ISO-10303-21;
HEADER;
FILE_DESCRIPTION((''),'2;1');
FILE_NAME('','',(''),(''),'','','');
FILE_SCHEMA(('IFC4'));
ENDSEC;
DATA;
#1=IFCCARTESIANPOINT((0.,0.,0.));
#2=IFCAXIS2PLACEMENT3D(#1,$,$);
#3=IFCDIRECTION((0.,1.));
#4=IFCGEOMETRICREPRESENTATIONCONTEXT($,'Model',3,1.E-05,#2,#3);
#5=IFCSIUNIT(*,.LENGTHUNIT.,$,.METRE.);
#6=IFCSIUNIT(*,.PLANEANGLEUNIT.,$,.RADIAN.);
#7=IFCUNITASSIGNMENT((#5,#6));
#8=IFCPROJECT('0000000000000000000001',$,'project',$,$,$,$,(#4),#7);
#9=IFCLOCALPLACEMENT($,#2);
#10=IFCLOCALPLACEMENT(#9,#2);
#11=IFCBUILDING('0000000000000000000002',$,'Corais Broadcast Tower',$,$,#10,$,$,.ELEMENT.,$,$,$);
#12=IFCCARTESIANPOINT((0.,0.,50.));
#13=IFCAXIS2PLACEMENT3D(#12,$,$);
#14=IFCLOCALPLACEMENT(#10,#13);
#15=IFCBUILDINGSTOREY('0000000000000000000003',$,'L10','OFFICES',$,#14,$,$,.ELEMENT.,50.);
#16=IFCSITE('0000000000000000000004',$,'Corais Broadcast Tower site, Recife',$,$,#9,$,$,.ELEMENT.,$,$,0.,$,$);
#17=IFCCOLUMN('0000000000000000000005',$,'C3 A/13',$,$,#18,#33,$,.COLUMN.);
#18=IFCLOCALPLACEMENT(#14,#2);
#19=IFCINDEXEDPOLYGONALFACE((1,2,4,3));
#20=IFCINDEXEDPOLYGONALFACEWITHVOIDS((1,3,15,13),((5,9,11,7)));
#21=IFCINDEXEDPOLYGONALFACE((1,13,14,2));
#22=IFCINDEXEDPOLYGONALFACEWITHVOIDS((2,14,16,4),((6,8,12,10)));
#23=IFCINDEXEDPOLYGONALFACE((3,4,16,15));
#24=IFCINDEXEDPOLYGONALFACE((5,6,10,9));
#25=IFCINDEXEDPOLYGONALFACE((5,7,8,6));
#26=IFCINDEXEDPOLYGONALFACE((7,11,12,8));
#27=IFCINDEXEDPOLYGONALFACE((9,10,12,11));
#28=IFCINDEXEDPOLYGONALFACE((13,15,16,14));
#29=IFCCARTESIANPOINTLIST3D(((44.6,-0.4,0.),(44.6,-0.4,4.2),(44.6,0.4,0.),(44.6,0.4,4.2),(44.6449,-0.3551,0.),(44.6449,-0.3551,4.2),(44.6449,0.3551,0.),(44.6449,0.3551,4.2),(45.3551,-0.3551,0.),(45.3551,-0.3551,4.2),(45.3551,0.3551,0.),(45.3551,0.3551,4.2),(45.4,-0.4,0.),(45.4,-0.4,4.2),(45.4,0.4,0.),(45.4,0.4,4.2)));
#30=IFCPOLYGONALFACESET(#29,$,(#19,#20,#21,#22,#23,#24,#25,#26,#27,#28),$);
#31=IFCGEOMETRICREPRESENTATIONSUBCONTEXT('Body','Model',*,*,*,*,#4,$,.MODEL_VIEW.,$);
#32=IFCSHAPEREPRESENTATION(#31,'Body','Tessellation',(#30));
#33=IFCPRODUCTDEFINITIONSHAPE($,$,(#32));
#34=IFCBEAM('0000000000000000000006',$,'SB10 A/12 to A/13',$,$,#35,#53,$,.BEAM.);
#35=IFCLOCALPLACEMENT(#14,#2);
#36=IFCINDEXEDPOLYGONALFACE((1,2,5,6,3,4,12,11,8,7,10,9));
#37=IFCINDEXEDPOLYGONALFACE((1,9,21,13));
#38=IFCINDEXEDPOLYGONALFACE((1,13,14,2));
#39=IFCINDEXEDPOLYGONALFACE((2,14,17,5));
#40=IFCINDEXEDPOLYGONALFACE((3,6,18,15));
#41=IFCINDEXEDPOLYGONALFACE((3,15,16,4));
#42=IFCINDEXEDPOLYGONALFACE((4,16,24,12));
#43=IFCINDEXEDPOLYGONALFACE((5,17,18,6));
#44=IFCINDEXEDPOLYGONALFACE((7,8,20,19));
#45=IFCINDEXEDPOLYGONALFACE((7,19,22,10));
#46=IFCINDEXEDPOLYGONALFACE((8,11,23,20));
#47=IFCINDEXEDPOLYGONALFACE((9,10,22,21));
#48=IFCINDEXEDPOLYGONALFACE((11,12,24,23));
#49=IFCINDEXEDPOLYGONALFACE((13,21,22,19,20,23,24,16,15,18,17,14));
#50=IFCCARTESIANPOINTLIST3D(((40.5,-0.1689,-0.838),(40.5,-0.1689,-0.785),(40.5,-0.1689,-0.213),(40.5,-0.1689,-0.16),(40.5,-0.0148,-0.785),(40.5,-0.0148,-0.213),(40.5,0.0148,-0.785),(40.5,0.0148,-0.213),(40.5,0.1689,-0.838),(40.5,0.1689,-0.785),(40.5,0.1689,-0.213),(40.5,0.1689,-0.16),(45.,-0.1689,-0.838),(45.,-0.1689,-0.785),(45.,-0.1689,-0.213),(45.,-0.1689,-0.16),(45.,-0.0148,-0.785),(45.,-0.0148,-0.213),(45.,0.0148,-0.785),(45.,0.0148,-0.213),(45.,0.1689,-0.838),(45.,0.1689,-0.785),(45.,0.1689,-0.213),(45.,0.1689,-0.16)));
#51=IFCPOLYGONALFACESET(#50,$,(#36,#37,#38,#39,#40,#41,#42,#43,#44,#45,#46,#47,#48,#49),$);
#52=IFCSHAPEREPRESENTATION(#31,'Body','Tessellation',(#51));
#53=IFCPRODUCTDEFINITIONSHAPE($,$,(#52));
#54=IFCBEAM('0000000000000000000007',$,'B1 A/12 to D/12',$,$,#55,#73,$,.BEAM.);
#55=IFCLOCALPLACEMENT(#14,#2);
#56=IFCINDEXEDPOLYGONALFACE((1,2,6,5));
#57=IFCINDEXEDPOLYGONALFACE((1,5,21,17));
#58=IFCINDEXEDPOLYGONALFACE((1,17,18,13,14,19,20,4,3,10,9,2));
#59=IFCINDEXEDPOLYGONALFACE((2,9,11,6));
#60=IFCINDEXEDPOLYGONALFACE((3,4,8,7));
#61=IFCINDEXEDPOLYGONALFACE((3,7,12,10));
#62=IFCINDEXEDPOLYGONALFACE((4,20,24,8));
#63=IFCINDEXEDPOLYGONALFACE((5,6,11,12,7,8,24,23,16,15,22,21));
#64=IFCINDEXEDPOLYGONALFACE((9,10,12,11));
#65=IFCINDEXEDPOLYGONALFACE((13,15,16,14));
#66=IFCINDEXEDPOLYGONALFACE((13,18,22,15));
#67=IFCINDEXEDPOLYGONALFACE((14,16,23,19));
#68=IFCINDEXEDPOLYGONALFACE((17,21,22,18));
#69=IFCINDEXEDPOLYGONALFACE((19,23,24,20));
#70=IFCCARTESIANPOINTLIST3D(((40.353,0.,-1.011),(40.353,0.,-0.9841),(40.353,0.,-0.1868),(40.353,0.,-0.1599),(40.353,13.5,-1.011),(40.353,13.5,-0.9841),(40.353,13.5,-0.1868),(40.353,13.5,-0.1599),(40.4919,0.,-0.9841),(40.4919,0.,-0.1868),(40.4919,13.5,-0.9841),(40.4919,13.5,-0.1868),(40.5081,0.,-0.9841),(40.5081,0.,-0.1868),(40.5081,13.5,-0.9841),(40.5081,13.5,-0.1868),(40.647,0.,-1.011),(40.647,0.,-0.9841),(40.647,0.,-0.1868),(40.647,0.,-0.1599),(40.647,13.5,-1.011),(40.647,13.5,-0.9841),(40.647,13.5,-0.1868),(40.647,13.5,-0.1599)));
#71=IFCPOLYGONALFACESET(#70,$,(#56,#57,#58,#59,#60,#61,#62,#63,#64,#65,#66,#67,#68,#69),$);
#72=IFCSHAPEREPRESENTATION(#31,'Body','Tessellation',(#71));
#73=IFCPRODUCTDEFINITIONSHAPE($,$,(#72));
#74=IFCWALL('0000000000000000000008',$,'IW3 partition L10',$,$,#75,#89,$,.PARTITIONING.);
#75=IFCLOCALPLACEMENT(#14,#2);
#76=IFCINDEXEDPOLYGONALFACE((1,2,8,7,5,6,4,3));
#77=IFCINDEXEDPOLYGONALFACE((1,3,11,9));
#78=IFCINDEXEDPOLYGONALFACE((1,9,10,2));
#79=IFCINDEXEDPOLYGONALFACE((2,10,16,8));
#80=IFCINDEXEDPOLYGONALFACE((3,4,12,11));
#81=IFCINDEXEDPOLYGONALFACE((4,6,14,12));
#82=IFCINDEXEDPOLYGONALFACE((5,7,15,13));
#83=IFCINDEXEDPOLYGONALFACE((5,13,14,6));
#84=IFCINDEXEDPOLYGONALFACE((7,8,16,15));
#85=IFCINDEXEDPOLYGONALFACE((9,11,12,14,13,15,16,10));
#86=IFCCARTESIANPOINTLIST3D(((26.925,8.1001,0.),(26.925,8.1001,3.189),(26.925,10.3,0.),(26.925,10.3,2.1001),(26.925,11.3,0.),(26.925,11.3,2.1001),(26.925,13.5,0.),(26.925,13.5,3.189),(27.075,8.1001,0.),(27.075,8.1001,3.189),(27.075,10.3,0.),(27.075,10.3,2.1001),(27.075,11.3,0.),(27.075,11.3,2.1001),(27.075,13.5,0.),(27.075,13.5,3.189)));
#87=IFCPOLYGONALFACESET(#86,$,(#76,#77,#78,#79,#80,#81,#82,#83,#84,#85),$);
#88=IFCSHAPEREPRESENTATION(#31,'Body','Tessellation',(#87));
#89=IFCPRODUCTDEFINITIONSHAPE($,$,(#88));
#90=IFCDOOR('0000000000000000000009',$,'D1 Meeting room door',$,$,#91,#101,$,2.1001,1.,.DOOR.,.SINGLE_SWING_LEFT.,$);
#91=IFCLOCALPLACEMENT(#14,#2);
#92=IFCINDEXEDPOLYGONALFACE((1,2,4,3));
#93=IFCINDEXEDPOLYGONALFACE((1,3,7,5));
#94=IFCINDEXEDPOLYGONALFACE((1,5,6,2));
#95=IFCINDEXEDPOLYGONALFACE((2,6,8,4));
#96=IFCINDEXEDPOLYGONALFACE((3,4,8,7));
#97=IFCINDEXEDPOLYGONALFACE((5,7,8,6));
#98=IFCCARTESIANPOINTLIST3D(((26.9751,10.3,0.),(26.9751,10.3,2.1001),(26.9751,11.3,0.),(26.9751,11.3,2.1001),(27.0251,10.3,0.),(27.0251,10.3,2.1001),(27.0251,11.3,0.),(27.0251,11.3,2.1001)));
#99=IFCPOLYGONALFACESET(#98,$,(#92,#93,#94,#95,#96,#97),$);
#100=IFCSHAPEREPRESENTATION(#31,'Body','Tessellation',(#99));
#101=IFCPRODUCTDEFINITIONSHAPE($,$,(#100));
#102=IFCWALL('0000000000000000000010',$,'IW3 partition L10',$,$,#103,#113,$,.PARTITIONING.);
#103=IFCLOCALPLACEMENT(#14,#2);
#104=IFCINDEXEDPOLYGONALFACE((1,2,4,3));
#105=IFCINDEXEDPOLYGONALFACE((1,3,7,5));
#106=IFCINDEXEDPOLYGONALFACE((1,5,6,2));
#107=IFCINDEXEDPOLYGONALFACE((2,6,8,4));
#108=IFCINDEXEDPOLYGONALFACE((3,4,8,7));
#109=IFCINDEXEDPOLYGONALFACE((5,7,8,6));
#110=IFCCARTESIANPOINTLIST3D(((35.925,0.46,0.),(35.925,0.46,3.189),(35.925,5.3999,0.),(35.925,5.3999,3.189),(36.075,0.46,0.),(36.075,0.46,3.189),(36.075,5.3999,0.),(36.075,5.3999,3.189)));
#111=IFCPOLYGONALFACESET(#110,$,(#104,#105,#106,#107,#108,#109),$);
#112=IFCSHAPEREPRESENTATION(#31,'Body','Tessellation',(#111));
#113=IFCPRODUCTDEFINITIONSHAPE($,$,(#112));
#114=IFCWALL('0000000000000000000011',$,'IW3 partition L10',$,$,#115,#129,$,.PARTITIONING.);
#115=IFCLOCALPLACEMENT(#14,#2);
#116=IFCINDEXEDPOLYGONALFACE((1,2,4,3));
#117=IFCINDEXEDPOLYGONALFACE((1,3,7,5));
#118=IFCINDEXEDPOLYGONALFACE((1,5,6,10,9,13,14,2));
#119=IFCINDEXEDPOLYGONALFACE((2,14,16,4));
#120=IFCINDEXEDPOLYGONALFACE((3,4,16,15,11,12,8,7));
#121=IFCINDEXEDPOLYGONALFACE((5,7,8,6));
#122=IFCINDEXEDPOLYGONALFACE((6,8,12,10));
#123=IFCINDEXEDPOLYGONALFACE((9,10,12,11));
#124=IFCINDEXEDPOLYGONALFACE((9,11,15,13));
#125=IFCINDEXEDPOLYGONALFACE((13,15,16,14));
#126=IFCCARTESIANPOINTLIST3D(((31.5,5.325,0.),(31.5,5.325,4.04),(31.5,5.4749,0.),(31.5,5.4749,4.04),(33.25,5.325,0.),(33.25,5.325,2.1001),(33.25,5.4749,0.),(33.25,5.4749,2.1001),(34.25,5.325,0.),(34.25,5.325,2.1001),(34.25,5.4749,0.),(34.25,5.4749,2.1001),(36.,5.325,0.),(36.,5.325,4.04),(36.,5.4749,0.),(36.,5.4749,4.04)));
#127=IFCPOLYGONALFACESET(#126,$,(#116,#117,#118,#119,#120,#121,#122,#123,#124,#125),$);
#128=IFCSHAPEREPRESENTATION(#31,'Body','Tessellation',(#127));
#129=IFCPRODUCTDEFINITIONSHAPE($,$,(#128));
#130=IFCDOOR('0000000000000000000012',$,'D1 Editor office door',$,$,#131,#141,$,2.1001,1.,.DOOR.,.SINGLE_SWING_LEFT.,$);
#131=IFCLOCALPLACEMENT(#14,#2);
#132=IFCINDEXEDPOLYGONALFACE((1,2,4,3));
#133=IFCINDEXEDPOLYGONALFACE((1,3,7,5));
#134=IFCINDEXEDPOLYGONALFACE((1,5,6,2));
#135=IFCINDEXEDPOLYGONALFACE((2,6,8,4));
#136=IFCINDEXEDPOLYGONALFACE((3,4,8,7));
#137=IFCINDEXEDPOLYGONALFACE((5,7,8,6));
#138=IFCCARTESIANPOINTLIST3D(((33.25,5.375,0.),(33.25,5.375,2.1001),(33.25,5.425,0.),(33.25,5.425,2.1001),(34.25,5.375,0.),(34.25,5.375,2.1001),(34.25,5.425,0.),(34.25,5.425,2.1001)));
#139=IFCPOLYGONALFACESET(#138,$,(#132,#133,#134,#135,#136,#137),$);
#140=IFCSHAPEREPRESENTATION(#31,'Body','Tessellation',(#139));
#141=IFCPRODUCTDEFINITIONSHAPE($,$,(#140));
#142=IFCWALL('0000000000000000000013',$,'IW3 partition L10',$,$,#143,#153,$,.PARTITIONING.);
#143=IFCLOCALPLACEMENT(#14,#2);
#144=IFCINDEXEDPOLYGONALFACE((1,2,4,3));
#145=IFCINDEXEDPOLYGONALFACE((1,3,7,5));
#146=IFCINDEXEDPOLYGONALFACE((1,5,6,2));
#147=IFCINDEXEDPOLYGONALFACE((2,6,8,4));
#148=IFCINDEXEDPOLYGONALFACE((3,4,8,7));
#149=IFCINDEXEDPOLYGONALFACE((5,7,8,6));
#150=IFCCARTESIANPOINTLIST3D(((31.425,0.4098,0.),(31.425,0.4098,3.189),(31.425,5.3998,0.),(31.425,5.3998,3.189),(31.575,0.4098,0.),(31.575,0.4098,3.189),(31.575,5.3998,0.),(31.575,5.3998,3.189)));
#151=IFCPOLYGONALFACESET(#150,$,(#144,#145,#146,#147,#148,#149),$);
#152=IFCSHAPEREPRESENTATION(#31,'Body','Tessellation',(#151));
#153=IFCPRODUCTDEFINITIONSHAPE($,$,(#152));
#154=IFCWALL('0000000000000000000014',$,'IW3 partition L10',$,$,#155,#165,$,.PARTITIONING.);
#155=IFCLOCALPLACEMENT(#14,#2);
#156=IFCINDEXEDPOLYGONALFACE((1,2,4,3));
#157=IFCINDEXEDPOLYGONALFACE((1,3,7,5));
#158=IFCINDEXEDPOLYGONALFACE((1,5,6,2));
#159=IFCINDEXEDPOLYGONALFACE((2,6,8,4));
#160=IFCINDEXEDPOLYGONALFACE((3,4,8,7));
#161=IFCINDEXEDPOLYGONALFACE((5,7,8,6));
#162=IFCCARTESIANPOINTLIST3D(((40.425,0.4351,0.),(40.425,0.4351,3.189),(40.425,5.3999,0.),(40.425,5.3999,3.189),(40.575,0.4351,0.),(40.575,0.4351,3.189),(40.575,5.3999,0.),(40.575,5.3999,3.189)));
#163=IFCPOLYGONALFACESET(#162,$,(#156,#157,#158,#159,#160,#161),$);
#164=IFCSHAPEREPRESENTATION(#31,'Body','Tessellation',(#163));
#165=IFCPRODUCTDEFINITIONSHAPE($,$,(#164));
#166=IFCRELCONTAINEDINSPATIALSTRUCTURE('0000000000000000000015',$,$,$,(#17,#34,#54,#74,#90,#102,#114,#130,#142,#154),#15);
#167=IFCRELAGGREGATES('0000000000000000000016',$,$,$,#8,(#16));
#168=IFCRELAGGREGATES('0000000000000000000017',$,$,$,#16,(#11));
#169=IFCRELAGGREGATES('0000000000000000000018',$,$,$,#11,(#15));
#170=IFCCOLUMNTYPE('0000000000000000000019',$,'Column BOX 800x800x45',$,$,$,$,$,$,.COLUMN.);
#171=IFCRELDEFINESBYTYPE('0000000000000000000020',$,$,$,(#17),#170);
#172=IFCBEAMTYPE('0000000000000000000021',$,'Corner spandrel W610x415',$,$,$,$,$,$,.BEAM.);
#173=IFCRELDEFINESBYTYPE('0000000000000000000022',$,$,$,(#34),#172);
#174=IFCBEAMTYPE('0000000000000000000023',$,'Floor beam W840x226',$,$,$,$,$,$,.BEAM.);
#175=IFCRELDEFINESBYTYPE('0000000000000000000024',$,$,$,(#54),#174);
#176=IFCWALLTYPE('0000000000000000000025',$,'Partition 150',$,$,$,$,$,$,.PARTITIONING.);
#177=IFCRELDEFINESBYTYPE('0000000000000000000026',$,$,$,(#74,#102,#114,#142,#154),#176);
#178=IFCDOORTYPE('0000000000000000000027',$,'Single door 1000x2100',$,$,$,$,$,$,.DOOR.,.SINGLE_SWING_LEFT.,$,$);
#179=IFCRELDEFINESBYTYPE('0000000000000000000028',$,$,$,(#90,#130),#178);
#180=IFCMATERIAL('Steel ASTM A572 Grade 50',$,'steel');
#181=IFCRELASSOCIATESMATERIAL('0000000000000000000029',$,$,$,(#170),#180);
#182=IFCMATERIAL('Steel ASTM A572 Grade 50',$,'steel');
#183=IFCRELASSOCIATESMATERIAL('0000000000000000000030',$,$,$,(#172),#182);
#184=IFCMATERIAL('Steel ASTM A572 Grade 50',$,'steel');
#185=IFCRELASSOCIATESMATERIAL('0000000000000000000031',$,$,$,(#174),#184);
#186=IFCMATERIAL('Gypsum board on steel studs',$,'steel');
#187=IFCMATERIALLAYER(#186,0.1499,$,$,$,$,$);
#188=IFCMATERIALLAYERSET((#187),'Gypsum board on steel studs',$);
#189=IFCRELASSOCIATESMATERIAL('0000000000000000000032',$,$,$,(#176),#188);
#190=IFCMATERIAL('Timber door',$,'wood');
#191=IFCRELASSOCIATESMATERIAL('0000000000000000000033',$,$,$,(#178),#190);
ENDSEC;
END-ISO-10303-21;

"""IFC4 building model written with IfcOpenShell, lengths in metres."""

from ifc_helpers import new_model, si_unit, direction, frame, frame_2d, origin, origin_2d, place, context, subcontext, project, spatial, rectangle, hollow_rectangle, i_section, extrude, material, layer, layer_set, material_profile, profile_set, type_object, element, fill, save


model = new_model("IFC4")

# Units and contexts
model_context = context("Model", 3, precision=1e-05, world=origin(), true_north=direction((0.0, 1.0)))
body_context = subcontext(model_context, "Body", "Model", "MODEL_VIEW")
ifc_project = project(units=[si_unit("LENGTHUNIT", "METRE"), si_unit("PLANEANGLEUNIT", "RADIAN")], contexts=[model_context])

# Site, building, storey
site_placement = place(None, origin())
site = spatial("IfcSite", under=ifc_project, at=site_placement, Name="Corais Broadcast Tower site, Recife", CompositionType="ELEMENT", RefElevation=0.0)
building_placement = place(site_placement, origin())
building = spatial("IfcBuilding", under=site, at=building_placement, Name="Corais Broadcast Tower", CompositionType="ELEMENT")
storey_placement = place(building_placement, frame((0.0, 0.0, 50.0)))
storey = spatial("IfcBuildingStorey", under=building, at=storey_placement, Name="L10", Description="OFFICES", CompositionType="ELEMENT", Elevation=50.0)

# Column
ifc_material_1 = material(Name="Steel ASTM A572 Grade 50", Category="steel")
ifc_material_profile_1 = material_profile(ifc_material_1, hollow_rectangle(XDim=0.8, YDim=0.8, WallThickness=0.0449, at=origin_2d()), Name="BOX 800x800x45")
ifc_profile_set_1 = profile_set([ifc_material_profile_1], Name="Steel ASTM A572 Grade 50")
column_type = type_object("IfcColumnType", Name="Column BOX 800x800x45", PredefinedType="COLUMN", material=ifc_profile_set_1)
column_placement = place(storey_placement, frame((45.0, 0.0, 0.0), z_axis=(0.0, 0.0, 1.0), x_axis=(1.0, 0.0, 0.0)))
element("IfcColumn", 1, at=column_placement, inside=storey, type_object=column_type, Name="C3 A/13", PredefinedType="COLUMN", context=body_context, shape_type="SweptSolid", body=[
    extrude(hollow_rectangle(XDim=0.8, YDim=0.8, WallThickness=0.0449, at=origin_2d()), origin(), (0.0, 0.0, 1.0), 4.2),
])

# Beams
ifc_material_2 = material(Name="Steel ASTM A572 Grade 50", Category="steel")
ifc_material_profile_2 = material_profile(ifc_material_2, i_section(OverallWidth=0.3379, OverallDepth=0.678, WebThickness=0.0295, FlangeThickness=0.053, at=origin_2d()), Name="W610x415")
ifc_profile_set_2 = profile_set([ifc_material_profile_2], Name="Steel ASTM A572 Grade 50")
beam_type_1 = type_object("IfcBeamType", Name="Corner spandrel W610x415", PredefinedType="BEAM", material=ifc_profile_set_2)
beam_1_placement = place(storey_placement, frame((40.5, 0.0, -0.499), z_axis=(1.0, 0.0, 0.0), x_axis=(0.0, 1.0, 0.0)))
element("IfcBeam", 2, at=beam_1_placement, inside=storey, type_object=beam_type_1, Name="SB10 A/12 to A/13", PredefinedType="BEAM", context=body_context, shape_type="SweptSolid", body=[
    extrude(i_section(OverallWidth=0.3379, OverallDepth=0.678, WebThickness=0.0295, FlangeThickness=0.053, at=origin_2d()), origin(), (0.0, 0.0, 1.0), 4.5),
])
ifc_material_3 = material(Name="Steel ASTM A572 Grade 50", Category="steel")
ifc_material_profile_3 = material_profile(ifc_material_3, i_section(OverallWidth=0.2939, OverallDepth=0.8511, WebThickness=0.0161, FlangeThickness=0.0269, at=origin_2d()), Name="W840x226")
ifc_profile_set_3 = profile_set([ifc_material_profile_3], Name="Steel ASTM A572 Grade 50")
beam_type_2 = type_object("IfcBeamType", Name="Floor beam W840x226", PredefinedType="BEAM", material=ifc_profile_set_3)
beam_2_placement = place(storey_placement, frame((40.5, 0.0, -0.5854), z_axis=(0.0, 1.0, 0.0), x_axis=(-1.0, 0.0, 0.0)))
element("IfcBeam", 3, at=beam_2_placement, inside=storey, type_object=beam_type_2, Name="B1 A/12 to D/12", PredefinedType="BEAM", context=body_context, shape_type="SweptSolid", body=[
    extrude(i_section(OverallWidth=0.2939, OverallDepth=0.8511, WebThickness=0.0161, FlangeThickness=0.0269, at=origin_2d()), origin(), (0.0, 0.0, 1.0), 13.5),
])

# Wall, opening, door
ifc_material_4 = material(Name="Gypsum board on steel studs", Category="steel")
ifc_layer_1 = layer(ifc_material_4, 0.1499)
ifc_layer_set_1 = layer_set([ifc_layer_1], Name="Gypsum board on steel studs")
wall_type_1 = type_object("IfcWallType", Name="Partition 150", PredefinedType="PARTITIONING", material=ifc_layer_set_1)
wall_1_placement = place(storey_placement, frame((27.0, 8.1001, 0.0), z_axis=(0.0, 0.0, 1.0), x_axis=(0.0, 1.0, 0.0)))
wall_1 = element("IfcWall", 4, at=wall_1_placement, inside=storey, type_object=wall_type_1, Name="IW3 partition L10", PredefinedType="PARTITIONING", context=body_context, shape_type="SweptSolid", body=[
    extrude(rectangle(XDim=5.3999, YDim=0.1499, at=frame_2d((2.7, 0.0))), origin(), (0.0, 0.0, 1.0), 3.189),
])
opening_1_placement = place(wall_1_placement, frame((2.2, 0.0, 0.0)))
opening_1 = element("IfcOpeningElement", 5, at=opening_1_placement, cuts=wall_1, PredefinedType="OPENING", context=body_context, shape_type="SweptSolid", body=[
    extrude(rectangle(XDim=1.0, YDim=2.1001, at=frame_2d((0.5, 1.05))), frame((0.0, 0.085, 0.0), z_axis=(0.0, -1.0, 0.0), x_axis=(1.0, 0.0, 0.0)), (0.0, 0.0, 1.0), 0.1699),
])
ifc_material_5 = material(Name="Timber door", Category="wood")
door_type = type_object("IfcDoorType", Name="Single door 1000x2100", OperationType="SINGLE_SWING_LEFT", PredefinedType="DOOR", material=ifc_material_5)
door_1_placement = place(opening_1_placement, origin())
door_1 = element("IfcDoor", 6, at=door_1_placement, inside=storey, type_object=door_type, Name="D1 Meeting room door", OperationType="SINGLE_SWING_LEFT", OverallHeight=2.1001, OverallWidth=1.0, PredefinedType="DOOR", context=body_context, shape_type="SweptSolid", body=[
    extrude(rectangle(XDim=1.0, YDim=2.1001, at=frame_2d((0.5, 1.05))), frame((0.0, 0.0249, 0.0), z_axis=(0.0, -1.0, 0.0), x_axis=(1.0, 0.0, 0.0)), (0.0, 0.0, 1.0), 0.05),
])
fill(opening_1, door_1)

# Wall
wall_2_placement = place(storey_placement, frame((36.0, 0.46, 0.0), z_axis=(0.0, 0.0, 1.0), x_axis=(0.0, 1.0, 0.0)))
element("IfcWall", 7, at=wall_2_placement, inside=storey, type_object=wall_type_1, Name="IW3 partition L10", PredefinedType="PARTITIONING", context=body_context, shape_type="SweptSolid", body=[
    extrude(rectangle(XDim=4.9399, YDim=0.1499, at=frame_2d((2.47, 0.0))), origin(), (0.0, 0.0, 1.0), 3.189),
])

# Wall, opening, door
wall_3_placement = place(storey_placement, frame((36.0, 5.3999, 0.0), z_axis=(0.0, 0.0, 1.0), x_axis=(-1.0, 0.0, 0.0)))
wall_3 = element("IfcWall", 8, at=wall_3_placement, inside=storey, type_object=wall_type_1, Name="IW3 partition L10", PredefinedType="PARTITIONING", context=body_context, shape_type="SweptSolid", body=[
    extrude(rectangle(XDim=4.5, YDim=0.1499, at=frame_2d((2.25, 0.0))), origin(), (0.0, 0.0, 1.0), 4.04),
])
opening_2_placement = place(wall_3_placement, frame((1.75, 0.0, 0.0)))
opening_2 = element("IfcOpeningElement", 9, at=opening_2_placement, cuts=wall_3, PredefinedType="OPENING", context=body_context, shape_type="SweptSolid", body=[
    extrude(rectangle(XDim=1.0, YDim=2.1001, at=frame_2d((0.5, 1.05))), frame((0.0, 0.085, 0.0), z_axis=(0.0, -1.0, 0.0), x_axis=(1.0, 0.0, 0.0)), (0.0, 0.0, 1.0), 0.1699),
])
door_2_placement = place(opening_2_placement, origin())
door_2 = element("IfcDoor", 10, at=door_2_placement, inside=storey, type_object=door_type, Name="D1 Editor office door", OperationType="SINGLE_SWING_LEFT", OverallHeight=2.1001, OverallWidth=1.0, PredefinedType="DOOR", context=body_context, shape_type="SweptSolid", body=[
    extrude(rectangle(XDim=1.0, YDim=2.1001, at=frame_2d((0.5, 1.05))), frame((0.0, 0.0249, 0.0), z_axis=(0.0, -1.0, 0.0), x_axis=(1.0, 0.0, 0.0)), (0.0, 0.0, 1.0), 0.05),
])
fill(opening_2, door_2)

# Walls
wall_4_placement = place(storey_placement, frame((31.5, 5.3999, 0.0), z_axis=(0.0, 0.0, 1.0), x_axis=(0.0, -1.0, 0.0)))
element("IfcWall", 11, at=wall_4_placement, inside=storey, type_object=wall_type_1, Name="IW3 partition L10", PredefinedType="PARTITIONING", context=body_context, shape_type="SweptSolid", body=[
    extrude(rectangle(XDim=4.99, YDim=0.1499, at=frame_2d((2.4951, 0.0))), origin(), (0.0, 0.0, 1.0), 3.189),
])
wall_5_placement = place(storey_placement, frame((40.5, 0.4351, 0.0), z_axis=(0.0, 0.0, 1.0), x_axis=(0.0, 1.0, 0.0)))
element("IfcWall", 12, at=wall_5_placement, inside=storey, type_object=wall_type_1, Name="IW3 partition L10", PredefinedType="PARTITIONING", context=body_context, shape_type="SweptSolid", body=[
    extrude(rectangle(XDim=4.9648, YDim=0.1499, at=frame_2d((2.4824, 0.0))), origin(), (0.0, 0.0, 1.0), 3.189),
])

save(model, "model.ifc")
